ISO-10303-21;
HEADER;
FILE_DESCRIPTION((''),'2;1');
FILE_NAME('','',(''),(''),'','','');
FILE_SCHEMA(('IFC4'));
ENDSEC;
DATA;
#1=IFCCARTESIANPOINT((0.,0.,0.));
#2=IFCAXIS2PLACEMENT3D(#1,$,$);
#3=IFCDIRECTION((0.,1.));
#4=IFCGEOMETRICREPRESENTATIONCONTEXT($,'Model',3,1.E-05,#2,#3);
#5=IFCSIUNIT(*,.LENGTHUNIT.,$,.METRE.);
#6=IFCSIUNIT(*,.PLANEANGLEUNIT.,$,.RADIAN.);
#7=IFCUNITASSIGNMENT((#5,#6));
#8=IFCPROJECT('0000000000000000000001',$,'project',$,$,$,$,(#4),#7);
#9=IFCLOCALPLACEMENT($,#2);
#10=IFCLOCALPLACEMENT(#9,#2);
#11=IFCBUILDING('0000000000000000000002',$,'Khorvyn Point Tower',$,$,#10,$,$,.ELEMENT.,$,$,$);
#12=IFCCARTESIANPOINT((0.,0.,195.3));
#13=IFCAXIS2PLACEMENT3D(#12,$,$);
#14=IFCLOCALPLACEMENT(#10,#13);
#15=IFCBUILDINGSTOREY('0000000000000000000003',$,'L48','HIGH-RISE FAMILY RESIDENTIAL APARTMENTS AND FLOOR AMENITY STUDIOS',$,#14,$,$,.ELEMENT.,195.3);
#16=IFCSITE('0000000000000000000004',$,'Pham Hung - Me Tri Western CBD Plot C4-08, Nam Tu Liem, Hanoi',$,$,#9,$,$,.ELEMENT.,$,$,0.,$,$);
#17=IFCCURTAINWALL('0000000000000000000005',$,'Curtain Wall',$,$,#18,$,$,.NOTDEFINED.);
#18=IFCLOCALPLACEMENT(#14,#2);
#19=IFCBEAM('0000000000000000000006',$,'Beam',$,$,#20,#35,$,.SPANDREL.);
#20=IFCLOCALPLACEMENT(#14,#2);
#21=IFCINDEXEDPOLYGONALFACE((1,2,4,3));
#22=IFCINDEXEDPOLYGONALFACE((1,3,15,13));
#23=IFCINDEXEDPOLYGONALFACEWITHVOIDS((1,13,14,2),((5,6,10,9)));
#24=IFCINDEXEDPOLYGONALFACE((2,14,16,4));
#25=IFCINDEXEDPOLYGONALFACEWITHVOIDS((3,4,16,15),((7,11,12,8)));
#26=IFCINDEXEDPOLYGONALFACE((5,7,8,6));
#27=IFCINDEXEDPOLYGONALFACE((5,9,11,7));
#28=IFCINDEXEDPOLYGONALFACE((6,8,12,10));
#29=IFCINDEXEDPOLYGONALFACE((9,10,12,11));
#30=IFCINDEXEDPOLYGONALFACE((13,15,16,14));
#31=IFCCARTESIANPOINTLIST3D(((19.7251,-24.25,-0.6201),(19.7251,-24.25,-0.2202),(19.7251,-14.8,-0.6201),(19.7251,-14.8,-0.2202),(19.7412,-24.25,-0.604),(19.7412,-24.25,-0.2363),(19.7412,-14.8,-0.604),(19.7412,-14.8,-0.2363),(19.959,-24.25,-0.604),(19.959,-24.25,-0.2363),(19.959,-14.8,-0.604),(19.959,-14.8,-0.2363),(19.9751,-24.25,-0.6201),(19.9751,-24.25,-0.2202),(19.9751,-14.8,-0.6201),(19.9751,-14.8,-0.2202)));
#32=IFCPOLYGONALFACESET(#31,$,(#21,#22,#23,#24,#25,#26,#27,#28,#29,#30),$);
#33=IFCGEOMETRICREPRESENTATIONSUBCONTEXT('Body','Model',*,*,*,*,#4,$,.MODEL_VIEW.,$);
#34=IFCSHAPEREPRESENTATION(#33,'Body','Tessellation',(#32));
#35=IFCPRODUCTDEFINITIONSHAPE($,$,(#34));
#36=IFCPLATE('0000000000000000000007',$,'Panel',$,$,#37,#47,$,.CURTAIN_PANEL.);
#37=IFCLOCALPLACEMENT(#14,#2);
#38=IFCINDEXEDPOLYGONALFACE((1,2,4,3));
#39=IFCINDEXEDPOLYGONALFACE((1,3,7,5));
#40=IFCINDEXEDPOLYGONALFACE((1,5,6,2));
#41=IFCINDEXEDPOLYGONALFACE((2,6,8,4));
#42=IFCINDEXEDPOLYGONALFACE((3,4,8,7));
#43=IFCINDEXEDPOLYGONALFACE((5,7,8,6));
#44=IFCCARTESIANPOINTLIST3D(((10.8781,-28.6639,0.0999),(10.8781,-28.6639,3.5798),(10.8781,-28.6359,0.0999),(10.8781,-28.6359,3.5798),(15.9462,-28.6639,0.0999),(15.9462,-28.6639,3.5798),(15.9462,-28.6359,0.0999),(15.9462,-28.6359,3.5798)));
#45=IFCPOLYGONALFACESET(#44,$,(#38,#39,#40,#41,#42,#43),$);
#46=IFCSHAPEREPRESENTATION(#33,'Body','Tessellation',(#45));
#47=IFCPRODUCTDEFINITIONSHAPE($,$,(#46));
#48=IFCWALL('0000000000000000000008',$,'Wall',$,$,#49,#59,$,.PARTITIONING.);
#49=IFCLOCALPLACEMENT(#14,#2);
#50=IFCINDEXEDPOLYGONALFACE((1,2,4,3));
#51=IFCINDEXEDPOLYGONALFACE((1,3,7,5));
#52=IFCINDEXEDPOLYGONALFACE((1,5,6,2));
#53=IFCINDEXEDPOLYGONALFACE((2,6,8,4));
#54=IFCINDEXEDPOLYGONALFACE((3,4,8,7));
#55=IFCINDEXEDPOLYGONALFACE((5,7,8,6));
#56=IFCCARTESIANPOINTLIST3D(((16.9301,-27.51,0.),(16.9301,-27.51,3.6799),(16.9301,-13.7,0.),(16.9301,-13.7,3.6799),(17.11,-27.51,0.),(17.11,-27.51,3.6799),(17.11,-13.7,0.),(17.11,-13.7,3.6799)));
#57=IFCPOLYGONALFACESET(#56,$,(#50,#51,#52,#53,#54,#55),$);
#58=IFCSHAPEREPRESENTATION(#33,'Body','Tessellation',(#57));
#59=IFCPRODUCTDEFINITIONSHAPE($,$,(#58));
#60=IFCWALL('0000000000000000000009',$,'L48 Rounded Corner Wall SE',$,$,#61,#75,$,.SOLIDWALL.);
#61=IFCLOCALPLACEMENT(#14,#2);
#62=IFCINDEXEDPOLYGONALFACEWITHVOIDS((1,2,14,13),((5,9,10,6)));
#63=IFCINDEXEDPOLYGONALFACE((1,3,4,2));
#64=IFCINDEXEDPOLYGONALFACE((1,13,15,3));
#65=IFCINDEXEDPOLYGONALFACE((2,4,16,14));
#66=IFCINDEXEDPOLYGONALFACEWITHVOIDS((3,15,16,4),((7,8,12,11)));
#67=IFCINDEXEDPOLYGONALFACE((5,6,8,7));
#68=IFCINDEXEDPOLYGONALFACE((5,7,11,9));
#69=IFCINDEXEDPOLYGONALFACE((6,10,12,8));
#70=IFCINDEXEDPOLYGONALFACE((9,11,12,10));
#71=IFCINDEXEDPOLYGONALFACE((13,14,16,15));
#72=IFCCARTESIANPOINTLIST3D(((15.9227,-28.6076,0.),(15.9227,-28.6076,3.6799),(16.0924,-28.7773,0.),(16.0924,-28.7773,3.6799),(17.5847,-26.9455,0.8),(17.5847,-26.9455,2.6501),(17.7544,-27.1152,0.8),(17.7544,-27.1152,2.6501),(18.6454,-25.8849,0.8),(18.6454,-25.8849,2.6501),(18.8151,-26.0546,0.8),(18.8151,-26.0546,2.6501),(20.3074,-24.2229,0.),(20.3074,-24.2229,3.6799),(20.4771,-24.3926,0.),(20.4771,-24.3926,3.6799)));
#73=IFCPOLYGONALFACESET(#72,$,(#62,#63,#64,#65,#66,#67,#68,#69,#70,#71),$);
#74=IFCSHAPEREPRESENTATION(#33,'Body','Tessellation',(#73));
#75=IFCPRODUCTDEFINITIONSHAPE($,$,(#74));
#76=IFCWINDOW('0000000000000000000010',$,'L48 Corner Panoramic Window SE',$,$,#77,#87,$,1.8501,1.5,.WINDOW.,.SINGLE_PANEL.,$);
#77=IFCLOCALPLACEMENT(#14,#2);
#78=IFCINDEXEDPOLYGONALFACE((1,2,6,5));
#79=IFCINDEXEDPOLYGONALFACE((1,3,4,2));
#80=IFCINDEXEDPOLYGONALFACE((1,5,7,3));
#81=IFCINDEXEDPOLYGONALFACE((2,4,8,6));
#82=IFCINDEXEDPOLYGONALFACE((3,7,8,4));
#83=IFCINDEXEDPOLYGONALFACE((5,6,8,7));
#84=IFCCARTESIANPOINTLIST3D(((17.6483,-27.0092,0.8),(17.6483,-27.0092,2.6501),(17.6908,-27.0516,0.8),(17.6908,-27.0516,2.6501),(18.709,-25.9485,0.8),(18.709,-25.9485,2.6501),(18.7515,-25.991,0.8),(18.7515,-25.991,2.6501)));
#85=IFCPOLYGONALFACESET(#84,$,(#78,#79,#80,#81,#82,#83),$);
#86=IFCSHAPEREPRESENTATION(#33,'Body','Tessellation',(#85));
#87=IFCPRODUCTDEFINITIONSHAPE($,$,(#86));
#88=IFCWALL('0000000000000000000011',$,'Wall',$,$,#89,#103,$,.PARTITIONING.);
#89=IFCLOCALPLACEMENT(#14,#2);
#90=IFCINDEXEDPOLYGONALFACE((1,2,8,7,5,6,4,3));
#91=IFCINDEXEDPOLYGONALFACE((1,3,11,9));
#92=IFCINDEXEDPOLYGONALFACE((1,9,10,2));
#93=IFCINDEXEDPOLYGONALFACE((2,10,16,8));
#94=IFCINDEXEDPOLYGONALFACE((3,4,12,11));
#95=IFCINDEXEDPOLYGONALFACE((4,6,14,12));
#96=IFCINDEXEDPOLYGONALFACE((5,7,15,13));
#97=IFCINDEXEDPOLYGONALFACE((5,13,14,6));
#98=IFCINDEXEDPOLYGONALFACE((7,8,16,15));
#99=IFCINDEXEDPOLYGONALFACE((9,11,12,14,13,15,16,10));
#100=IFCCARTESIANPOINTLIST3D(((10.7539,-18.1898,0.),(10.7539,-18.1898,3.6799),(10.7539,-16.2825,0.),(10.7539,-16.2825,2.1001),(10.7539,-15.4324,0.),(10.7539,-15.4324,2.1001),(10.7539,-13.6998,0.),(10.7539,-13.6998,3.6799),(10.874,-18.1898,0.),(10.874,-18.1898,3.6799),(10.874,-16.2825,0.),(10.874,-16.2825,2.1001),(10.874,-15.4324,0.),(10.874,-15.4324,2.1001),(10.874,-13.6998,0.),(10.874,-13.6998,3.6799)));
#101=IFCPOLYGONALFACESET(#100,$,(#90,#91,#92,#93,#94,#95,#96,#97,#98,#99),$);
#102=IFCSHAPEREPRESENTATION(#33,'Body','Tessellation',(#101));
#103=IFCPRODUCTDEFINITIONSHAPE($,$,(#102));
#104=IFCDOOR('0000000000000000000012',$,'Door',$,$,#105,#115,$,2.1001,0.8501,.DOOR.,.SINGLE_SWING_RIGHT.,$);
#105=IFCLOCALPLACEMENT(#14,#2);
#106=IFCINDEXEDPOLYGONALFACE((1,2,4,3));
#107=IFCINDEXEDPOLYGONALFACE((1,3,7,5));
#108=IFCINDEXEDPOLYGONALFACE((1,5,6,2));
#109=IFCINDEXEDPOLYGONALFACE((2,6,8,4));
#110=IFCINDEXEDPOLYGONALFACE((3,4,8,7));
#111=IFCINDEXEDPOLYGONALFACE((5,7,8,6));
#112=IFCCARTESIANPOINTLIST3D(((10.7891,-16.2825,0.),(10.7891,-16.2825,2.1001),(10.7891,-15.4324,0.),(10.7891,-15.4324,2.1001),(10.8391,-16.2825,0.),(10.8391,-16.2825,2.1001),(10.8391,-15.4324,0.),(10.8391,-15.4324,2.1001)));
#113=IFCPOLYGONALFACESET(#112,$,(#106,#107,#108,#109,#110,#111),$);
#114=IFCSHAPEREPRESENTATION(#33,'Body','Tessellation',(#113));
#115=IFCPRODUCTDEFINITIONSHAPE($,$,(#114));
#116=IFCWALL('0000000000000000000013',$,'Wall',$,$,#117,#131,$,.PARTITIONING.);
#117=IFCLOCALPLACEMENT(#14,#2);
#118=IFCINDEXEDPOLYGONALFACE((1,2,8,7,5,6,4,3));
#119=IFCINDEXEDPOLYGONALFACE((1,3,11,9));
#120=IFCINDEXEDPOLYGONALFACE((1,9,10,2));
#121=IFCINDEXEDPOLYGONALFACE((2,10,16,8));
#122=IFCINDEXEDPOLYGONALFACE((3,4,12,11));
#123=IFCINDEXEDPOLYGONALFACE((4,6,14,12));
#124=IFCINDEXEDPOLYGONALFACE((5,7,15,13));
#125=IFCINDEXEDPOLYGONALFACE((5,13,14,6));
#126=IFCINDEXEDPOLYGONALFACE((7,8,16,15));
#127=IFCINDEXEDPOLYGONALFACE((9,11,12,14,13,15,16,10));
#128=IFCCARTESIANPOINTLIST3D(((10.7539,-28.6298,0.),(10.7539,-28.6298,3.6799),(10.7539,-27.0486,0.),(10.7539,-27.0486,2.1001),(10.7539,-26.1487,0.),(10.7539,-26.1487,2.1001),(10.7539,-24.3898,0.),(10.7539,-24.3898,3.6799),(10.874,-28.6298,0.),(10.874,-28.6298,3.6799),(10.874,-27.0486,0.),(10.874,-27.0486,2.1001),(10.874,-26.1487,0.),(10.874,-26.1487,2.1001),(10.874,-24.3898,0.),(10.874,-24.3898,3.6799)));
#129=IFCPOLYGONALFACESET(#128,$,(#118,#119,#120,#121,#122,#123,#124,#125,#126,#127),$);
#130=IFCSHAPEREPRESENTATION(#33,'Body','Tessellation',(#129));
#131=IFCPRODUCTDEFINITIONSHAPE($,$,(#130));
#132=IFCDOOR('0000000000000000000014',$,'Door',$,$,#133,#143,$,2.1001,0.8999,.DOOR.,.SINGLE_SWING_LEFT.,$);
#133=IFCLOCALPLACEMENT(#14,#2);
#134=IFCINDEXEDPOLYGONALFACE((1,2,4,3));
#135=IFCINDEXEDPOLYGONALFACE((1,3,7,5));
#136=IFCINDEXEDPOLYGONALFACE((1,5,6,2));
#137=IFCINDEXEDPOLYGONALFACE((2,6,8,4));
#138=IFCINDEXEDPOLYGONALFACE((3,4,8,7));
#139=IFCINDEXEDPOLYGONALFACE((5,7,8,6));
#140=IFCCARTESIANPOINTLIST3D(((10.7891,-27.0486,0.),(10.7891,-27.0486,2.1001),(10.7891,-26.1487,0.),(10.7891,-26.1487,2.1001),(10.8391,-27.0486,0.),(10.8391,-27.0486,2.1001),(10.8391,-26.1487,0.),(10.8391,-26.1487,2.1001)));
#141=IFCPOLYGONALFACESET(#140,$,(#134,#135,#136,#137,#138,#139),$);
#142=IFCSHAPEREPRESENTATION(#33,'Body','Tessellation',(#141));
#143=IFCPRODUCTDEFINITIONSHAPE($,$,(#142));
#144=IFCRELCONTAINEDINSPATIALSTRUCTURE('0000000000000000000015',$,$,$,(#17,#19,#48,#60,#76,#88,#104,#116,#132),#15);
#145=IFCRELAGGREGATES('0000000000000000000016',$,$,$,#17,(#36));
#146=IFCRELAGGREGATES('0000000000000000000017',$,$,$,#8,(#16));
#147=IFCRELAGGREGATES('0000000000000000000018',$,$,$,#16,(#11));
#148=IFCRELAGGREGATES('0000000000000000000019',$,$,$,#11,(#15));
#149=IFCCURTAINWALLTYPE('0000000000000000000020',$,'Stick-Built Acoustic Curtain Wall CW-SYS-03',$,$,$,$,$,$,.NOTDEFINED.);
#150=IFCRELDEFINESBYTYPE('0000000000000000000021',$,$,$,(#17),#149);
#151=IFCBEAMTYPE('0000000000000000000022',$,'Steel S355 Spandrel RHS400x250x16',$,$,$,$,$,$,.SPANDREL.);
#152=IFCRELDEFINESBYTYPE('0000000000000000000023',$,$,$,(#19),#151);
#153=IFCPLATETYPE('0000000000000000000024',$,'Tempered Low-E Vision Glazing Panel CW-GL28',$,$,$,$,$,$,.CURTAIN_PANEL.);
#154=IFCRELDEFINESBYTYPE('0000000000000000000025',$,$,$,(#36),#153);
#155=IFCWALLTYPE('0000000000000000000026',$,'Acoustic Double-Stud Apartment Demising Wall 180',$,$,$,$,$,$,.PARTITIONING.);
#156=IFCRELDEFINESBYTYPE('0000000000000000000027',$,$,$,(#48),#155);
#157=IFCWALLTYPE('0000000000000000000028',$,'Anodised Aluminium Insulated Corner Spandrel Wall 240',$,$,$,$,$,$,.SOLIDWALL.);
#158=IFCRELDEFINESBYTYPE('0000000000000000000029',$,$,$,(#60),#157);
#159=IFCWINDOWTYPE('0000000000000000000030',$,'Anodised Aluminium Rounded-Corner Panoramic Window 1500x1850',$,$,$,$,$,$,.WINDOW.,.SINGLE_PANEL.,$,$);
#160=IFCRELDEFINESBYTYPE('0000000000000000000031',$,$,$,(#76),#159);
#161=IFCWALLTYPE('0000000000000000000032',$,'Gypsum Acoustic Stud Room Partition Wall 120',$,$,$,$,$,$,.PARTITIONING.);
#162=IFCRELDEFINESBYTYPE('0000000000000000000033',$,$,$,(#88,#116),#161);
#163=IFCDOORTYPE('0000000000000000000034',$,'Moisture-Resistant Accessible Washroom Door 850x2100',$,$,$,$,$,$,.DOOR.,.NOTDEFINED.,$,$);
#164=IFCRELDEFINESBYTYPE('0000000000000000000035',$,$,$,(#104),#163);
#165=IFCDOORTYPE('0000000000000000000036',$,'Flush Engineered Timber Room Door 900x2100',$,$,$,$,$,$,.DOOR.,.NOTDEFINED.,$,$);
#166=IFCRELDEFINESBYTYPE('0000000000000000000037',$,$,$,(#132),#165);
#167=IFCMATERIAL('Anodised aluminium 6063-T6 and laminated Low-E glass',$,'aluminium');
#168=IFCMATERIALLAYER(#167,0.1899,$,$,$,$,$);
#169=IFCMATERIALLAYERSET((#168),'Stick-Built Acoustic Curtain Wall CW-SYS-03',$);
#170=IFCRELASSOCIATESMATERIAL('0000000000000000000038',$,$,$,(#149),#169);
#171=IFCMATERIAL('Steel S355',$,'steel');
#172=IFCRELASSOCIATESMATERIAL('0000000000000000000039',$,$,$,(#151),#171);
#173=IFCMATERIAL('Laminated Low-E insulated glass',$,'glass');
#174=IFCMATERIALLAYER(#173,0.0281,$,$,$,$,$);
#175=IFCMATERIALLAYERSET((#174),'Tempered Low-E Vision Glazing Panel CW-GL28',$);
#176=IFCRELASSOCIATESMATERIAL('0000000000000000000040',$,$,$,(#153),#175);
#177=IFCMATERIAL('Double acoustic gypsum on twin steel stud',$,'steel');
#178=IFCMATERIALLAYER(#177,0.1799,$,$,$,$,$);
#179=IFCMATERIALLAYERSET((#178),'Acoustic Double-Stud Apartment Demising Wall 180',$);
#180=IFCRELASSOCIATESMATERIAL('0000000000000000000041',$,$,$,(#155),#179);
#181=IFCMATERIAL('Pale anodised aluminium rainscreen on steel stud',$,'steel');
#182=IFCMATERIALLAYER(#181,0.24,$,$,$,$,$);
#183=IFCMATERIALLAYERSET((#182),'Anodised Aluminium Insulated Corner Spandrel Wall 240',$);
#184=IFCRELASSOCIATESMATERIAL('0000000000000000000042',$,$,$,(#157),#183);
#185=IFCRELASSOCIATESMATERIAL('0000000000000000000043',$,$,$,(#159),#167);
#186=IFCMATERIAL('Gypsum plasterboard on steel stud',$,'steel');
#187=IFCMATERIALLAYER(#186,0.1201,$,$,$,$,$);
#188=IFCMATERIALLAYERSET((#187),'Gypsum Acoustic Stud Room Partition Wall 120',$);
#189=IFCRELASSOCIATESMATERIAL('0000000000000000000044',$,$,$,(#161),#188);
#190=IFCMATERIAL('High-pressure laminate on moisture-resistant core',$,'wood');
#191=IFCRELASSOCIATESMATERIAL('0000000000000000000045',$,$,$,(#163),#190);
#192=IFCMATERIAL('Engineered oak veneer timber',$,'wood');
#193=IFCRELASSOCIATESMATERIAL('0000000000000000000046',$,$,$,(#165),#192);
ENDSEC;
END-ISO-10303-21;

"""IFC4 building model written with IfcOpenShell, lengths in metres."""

from ifc_helpers import new_model, si_unit, direction, frame, frame_2d, origin, origin_2d, place, context, subcontext, project, spatial, rectangle, hollow_rectangle, extrude, material, layer, layer_set, material_profile, profile_set, type_object, element, fill, aggregate, save


model = new_model("IFC4")

# Units and contexts
model_context = context("Model", 3, precision=1e-05, world=origin(), true_north=direction((0.0, 1.0)))
body_context = subcontext(model_context, "Body", "Model", "MODEL_VIEW")
ifc_project = project(units=[si_unit("LENGTHUNIT", "METRE"), si_unit("PLANEANGLEUNIT", "RADIAN")], contexts=[model_context])

# Site, building, storey
site_placement = place(None, origin())
site = spatial("IfcSite", under=ifc_project, at=site_placement, Name="Pham Hung - Me Tri Western CBD Plot C4-08, Nam Tu Liem, Hanoi", CompositionType="ELEMENT", RefElevation=0.0)
building_placement = place(site_placement, origin())
building = spatial("IfcBuilding", under=site, at=building_placement, Name="Khorvyn Point Tower", CompositionType="ELEMENT")
storey_placement = place(building_placement, frame((0.0, 0.0, 195.3)))
storey = spatial("IfcBuildingStorey", under=building, at=storey_placement, Name="L48", Description="HIGH-RISE FAMILY RESIDENTIAL APARTMENTS AND FLOOR AMENITY STUDIOS", CompositionType="ELEMENT", Elevation=195.3)

# Curtain wall
ifc_material_1 = material(Name="Anodised aluminium 6063-T6 and laminated Low-E glass", Category="aluminium")
ifc_layer_1 = layer(ifc_material_1, 0.1899)
ifc_layer_set_1 = layer_set([ifc_layer_1], Name="Stick-Built Acoustic Curtain Wall CW-SYS-03")
curtain_wall_type = type_object("IfcCurtainWallType", Name="Stick-Built Acoustic Curtain Wall CW-SYS-03", PredefinedType="NOTDEFINED", material=ifc_layer_set_1)
curtain_wall_1_placement = place(storey_placement, origin())
curtain_wall_1 = element("IfcCurtainWall", 1, at=curtain_wall_1_placement, inside=storey, type_object=curtain_wall_type, Name="Curtain Wall", PredefinedType="NOTDEFINED")

# Beam
ifc_material_2 = material(Name="Steel S355", Category="steel")
ifc_material_profile_1 = material_profile(ifc_material_2, hollow_rectangle(XDim=0.25, YDim=0.3999, WallThickness=0.0161, at=origin_2d()))
ifc_profile_set_1 = profile_set([ifc_material_profile_1], Name="Steel S355 RHS400x250x16")
beam_type_1 = type_object("IfcBeamType", Name="Steel S355 Spandrel RHS400x250x16", PredefinedType="SPANDREL", material=ifc_profile_set_1)
beam_1_placement = place(storey_placement, frame((19.8501, -24.25, -0.4202), z_axis=(0.0, 1.0, 0.0), x_axis=(-1.0, 0.0, 0.0)))
element("IfcBeam", 2, at=beam_1_placement, inside=storey, type_object=beam_type_1, Name="Beam", PredefinedType="SPANDREL", context=body_context, shape_type="SweptSolid", body=[
    extrude(hollow_rectangle(XDim=0.25, YDim=0.3999, WallThickness=0.0161, at=origin_2d()), origin(), (0.0, 0.0, 1.0), 9.45),
])

# Plate
ifc_material_3 = material(Name="Laminated Low-E insulated glass", Category="glass")
ifc_layer_2 = layer(ifc_material_3, 0.0281)
ifc_layer_set_2 = layer_set([ifc_layer_2], Name="Tempered Low-E Vision Glazing Panel CW-GL28")
plate_type = type_object("IfcPlateType", Name="Tempered Low-E Vision Glazing Panel CW-GL28", PredefinedType="CURTAIN_PANEL", material=ifc_layer_set_2)
plate_placement = place(storey_placement, frame((13.4121, -28.6499, 0.0999), z_axis=(0.0, 0.0, 1.0), x_axis=(-1.0, 0.0, 0.0)))
plate = element("IfcPlate", 3, at=plate_placement, type_object=plate_type, Name="Panel", PredefinedType="CURTAIN_PANEL", context=body_context, shape_type="SweptSolid", body=[
    extrude(rectangle(XDim=5.0681, YDim=0.0281, at=origin_2d()), origin(), (0.0, 0.0, 1.0), 3.48),
])
aggregate(curtain_wall_1, [plate])

# Wall
ifc_material_4 = material(Name="Double acoustic gypsum on twin steel stud", Category="steel")
ifc_layer_3 = layer(ifc_material_4, 0.1799)
ifc_layer_set_3 = layer_set([ifc_layer_3], Name="Acoustic Double-Stud Apartment Demising Wall 180")
wall_type_1 = type_object("IfcWallType", Name="Acoustic Double-Stud Apartment Demising Wall 180", PredefinedType="PARTITIONING", material=ifc_layer_set_3)
wall_1_placement = place(storey_placement, frame((17.02, -27.51, 0.0), z_axis=(0.0, 0.0, 1.0), x_axis=(0.0, 1.0, 0.0)))
element("IfcWall", 4, at=wall_1_placement, inside=storey, type_object=wall_type_1, Name="Wall", PredefinedType="PARTITIONING", context=body_context, shape_type="SweptSolid", body=[
    extrude(rectangle(XDim=13.8101, YDim=0.1799, at=frame_2d((6.905, 0.0))), origin(), (0.0, 0.0, 1.0), 3.6799),
])

# Wall, opening, window
ifc_material_5 = material(Name="Pale anodised aluminium rainscreen on steel stud", Category="steel")
ifc_layer_4 = layer(ifc_material_5, 0.24)
ifc_layer_set_4 = layer_set([ifc_layer_4], Name="Anodised Aluminium Insulated Corner Spandrel Wall 240")
wall_type_2 = type_object("IfcWallType", Name="Anodised Aluminium Insulated Corner Spandrel Wall 240", PredefinedType="SOLIDWALL", material=ifc_layer_set_4)
wall_2_placement = place(storey_placement, frame((20.3923, -24.3076, 0.0), z_axis=(0.0, 0.0, 1.0), x_axis=(-0.707107, -0.707107, 0.0)))
wall_2 = element("IfcWall", 5, at=wall_2_placement, inside=storey, type_object=wall_type_2, Name="L48 Rounded Corner Wall SE", PredefinedType="SOLIDWALL", context=body_context, shape_type="SweptSolid", body=[
    extrude(rectangle(XDim=6.2009, YDim=0.24, at=frame_2d((3.1006, 0.0))), origin(), (0.0, 0.0, 1.0), 3.6799),
])
opening_1_placement = place(wall_2_placement, frame((2.3506, 0.0, 0.8)))
opening_1 = element("IfcOpeningElement", 6, at=opening_1_placement, cuts=wall_2, PredefinedType="OPENING", context=body_context, shape_type="SweptSolid", body=[
    extrude(rectangle(XDim=1.5, YDim=1.8501, at=frame_2d((0.75, 0.925))), frame((0.0, 0.1299, 0.0), z_axis=(0.0, -1.0, 0.0), x_axis=(1.0, 0.0, 0.0)), (0.0, 0.0, 1.0), 0.26),
])
window_type = type_object("IfcWindowType", Name="Anodised Aluminium Rounded-Corner Panoramic Window 1500x1850", PartitioningType="SINGLE_PANEL", PredefinedType="WINDOW", material=ifc_material_1)
window_placement = place(opening_1_placement, origin())
window = element("IfcWindow", 7, at=window_placement, inside=storey, type_object=window_type, Name="L48 Corner Panoramic Window SE", OverallHeight=1.8501, OverallWidth=1.5, PartitioningType="SINGLE_PANEL", PredefinedType="WINDOW", context=body_context, shape_type="SweptSolid", body=[
    extrude(rectangle(XDim=1.5, YDim=1.8501, at=frame_2d((0.75, 0.925))), frame((0.0, 0.03, 0.0), z_axis=(0.0, -1.0, 0.0), x_axis=(1.0, 0.0, 0.0)), (0.0, 0.0, 1.0), 0.0601),
])
fill(opening_1, window)

# Walls, openings, doors
ifc_material_6 = material(Name="Gypsum plasterboard on steel stud", Category="steel")
ifc_layer_5 = layer(ifc_material_6, 0.1201)
ifc_layer_set_5 = layer_set([ifc_layer_5], Name="Gypsum Acoustic Stud Room Partition Wall 120")
wall_type_3 = type_object("IfcWallType", Name="Gypsum Acoustic Stud Room Partition Wall 120", PredefinedType="PARTITIONING", material=ifc_layer_set_5)
wall_3_placement = place(storey_placement, frame((10.814, -18.1899, 0.0), z_axis=(0.0, 0.0, 1.0), x_axis=(0.0, 1.0, 0.0)))
wall_3 = element("IfcWall", 8, at=wall_3_placement, inside=storey, type_object=wall_type_3, Name="Wall", PredefinedType="PARTITIONING", context=body_context, shape_type="SweptSolid", body=[
    extrude(rectangle(XDim=4.49, YDim=0.1201, at=frame_2d((2.2451, 0.0))), origin(), (0.0, 0.0, 1.0), 3.6799),
])
opening_2_placement = place(wall_3_placement, frame((1.9075, 0.0, 0.0)))
opening_2 = element("IfcOpeningElement", 9, at=opening_2_placement, cuts=wall_3, PredefinedType="OPENING", context=body_context, shape_type="SweptSolid", body=[
    extrude(rectangle(XDim=0.8501, YDim=2.1001, at=frame_2d((0.425, 1.05))), frame((0.0, 0.0701, 0.0), z_axis=(0.0, -1.0, 0.0), x_axis=(1.0, 0.0, 0.0)), (0.0, 0.0, 1.0), 0.1401),
])
ifc_material_7 = material(Name="High-pressure laminate on moisture-resistant core", Category="wood")
door_type_1 = type_object("IfcDoorType", Name="Moisture-Resistant Accessible Washroom Door 850x2100", OperationType="NOTDEFINED", PredefinedType="DOOR", material=ifc_material_7)
door_1_placement = place(opening_2_placement, origin())
door_1 = element("IfcDoor", 10, at=door_1_placement, inside=storey, type_object=door_type_1, Name="Door", OperationType="SINGLE_SWING_RIGHT", OverallHeight=2.1001, OverallWidth=0.8501, PredefinedType="DOOR", context=body_context, shape_type="SweptSolid", body=[
    extrude(rectangle(XDim=0.8501, YDim=2.1001, at=frame_2d((0.425, 1.05))), frame((0.0, 0.0249, 0.0), z_axis=(0.0, -1.0, 0.0), x_axis=(1.0, 0.0, 0.0)), (0.0, 0.0, 1.0), 0.05),
])
fill(opening_2, door_1)
wall_4_placement = place(storey_placement, frame((10.814, -28.6299, 0.0), z_axis=(0.0, 0.0, 1.0), x_axis=(0.0, 1.0, 0.0)))
wall_4 = element("IfcWall", 11, at=wall_4_placement, inside=storey, type_object=wall_type_3, Name="Wall", PredefinedType="PARTITIONING", context=body_context, shape_type="SweptSolid", body=[
    extrude(rectangle(XDim=4.24, YDim=0.1201, at=frame_2d((2.1201, 0.0))), origin(), (0.0, 0.0, 1.0), 3.6799),
])
opening_3_placement = place(wall_4_placement, frame((1.5813, 0.0, 0.0)))
opening_3 = element("IfcOpeningElement", 12, at=opening_3_placement, cuts=wall_4, PredefinedType="OPENING", context=body_context, shape_type="SweptSolid", body=[
    extrude(rectangle(XDim=0.8999, YDim=2.1001, at=frame_2d((0.45, 1.05))), frame((0.0, 0.0701, 0.0), z_axis=(0.0, -1.0, 0.0), x_axis=(1.0, 0.0, 0.0)), (0.0, 0.0, 1.0), 0.1401),
])
ifc_material_8 = material(Name="Engineered oak veneer timber", Category="wood")
door_type_2 = type_object("IfcDoorType", Name="Flush Engineered Timber Room Door 900x2100", OperationType="NOTDEFINED", PredefinedType="DOOR", material=ifc_material_8)
door_2_placement = place(opening_3_placement, origin())
door_2 = element("IfcDoor", 13, at=door_2_placement, inside=storey, type_object=door_type_2, Name="Door", OperationType="SINGLE_SWING_LEFT", OverallHeight=2.1001, OverallWidth=0.8999, PredefinedType="DOOR", context=body_context, shape_type="SweptSolid", body=[
    extrude(rectangle(XDim=0.8999, YDim=2.1001, at=frame_2d((0.45, 1.05))), frame((0.0, 0.0249, 0.0), z_axis=(0.0, -1.0, 0.0), x_axis=(1.0, 0.0, 0.0)), (0.0, 0.0, 1.0), 0.05),
])
fill(opening_3, door_2)

save(model, "model.ifc")
